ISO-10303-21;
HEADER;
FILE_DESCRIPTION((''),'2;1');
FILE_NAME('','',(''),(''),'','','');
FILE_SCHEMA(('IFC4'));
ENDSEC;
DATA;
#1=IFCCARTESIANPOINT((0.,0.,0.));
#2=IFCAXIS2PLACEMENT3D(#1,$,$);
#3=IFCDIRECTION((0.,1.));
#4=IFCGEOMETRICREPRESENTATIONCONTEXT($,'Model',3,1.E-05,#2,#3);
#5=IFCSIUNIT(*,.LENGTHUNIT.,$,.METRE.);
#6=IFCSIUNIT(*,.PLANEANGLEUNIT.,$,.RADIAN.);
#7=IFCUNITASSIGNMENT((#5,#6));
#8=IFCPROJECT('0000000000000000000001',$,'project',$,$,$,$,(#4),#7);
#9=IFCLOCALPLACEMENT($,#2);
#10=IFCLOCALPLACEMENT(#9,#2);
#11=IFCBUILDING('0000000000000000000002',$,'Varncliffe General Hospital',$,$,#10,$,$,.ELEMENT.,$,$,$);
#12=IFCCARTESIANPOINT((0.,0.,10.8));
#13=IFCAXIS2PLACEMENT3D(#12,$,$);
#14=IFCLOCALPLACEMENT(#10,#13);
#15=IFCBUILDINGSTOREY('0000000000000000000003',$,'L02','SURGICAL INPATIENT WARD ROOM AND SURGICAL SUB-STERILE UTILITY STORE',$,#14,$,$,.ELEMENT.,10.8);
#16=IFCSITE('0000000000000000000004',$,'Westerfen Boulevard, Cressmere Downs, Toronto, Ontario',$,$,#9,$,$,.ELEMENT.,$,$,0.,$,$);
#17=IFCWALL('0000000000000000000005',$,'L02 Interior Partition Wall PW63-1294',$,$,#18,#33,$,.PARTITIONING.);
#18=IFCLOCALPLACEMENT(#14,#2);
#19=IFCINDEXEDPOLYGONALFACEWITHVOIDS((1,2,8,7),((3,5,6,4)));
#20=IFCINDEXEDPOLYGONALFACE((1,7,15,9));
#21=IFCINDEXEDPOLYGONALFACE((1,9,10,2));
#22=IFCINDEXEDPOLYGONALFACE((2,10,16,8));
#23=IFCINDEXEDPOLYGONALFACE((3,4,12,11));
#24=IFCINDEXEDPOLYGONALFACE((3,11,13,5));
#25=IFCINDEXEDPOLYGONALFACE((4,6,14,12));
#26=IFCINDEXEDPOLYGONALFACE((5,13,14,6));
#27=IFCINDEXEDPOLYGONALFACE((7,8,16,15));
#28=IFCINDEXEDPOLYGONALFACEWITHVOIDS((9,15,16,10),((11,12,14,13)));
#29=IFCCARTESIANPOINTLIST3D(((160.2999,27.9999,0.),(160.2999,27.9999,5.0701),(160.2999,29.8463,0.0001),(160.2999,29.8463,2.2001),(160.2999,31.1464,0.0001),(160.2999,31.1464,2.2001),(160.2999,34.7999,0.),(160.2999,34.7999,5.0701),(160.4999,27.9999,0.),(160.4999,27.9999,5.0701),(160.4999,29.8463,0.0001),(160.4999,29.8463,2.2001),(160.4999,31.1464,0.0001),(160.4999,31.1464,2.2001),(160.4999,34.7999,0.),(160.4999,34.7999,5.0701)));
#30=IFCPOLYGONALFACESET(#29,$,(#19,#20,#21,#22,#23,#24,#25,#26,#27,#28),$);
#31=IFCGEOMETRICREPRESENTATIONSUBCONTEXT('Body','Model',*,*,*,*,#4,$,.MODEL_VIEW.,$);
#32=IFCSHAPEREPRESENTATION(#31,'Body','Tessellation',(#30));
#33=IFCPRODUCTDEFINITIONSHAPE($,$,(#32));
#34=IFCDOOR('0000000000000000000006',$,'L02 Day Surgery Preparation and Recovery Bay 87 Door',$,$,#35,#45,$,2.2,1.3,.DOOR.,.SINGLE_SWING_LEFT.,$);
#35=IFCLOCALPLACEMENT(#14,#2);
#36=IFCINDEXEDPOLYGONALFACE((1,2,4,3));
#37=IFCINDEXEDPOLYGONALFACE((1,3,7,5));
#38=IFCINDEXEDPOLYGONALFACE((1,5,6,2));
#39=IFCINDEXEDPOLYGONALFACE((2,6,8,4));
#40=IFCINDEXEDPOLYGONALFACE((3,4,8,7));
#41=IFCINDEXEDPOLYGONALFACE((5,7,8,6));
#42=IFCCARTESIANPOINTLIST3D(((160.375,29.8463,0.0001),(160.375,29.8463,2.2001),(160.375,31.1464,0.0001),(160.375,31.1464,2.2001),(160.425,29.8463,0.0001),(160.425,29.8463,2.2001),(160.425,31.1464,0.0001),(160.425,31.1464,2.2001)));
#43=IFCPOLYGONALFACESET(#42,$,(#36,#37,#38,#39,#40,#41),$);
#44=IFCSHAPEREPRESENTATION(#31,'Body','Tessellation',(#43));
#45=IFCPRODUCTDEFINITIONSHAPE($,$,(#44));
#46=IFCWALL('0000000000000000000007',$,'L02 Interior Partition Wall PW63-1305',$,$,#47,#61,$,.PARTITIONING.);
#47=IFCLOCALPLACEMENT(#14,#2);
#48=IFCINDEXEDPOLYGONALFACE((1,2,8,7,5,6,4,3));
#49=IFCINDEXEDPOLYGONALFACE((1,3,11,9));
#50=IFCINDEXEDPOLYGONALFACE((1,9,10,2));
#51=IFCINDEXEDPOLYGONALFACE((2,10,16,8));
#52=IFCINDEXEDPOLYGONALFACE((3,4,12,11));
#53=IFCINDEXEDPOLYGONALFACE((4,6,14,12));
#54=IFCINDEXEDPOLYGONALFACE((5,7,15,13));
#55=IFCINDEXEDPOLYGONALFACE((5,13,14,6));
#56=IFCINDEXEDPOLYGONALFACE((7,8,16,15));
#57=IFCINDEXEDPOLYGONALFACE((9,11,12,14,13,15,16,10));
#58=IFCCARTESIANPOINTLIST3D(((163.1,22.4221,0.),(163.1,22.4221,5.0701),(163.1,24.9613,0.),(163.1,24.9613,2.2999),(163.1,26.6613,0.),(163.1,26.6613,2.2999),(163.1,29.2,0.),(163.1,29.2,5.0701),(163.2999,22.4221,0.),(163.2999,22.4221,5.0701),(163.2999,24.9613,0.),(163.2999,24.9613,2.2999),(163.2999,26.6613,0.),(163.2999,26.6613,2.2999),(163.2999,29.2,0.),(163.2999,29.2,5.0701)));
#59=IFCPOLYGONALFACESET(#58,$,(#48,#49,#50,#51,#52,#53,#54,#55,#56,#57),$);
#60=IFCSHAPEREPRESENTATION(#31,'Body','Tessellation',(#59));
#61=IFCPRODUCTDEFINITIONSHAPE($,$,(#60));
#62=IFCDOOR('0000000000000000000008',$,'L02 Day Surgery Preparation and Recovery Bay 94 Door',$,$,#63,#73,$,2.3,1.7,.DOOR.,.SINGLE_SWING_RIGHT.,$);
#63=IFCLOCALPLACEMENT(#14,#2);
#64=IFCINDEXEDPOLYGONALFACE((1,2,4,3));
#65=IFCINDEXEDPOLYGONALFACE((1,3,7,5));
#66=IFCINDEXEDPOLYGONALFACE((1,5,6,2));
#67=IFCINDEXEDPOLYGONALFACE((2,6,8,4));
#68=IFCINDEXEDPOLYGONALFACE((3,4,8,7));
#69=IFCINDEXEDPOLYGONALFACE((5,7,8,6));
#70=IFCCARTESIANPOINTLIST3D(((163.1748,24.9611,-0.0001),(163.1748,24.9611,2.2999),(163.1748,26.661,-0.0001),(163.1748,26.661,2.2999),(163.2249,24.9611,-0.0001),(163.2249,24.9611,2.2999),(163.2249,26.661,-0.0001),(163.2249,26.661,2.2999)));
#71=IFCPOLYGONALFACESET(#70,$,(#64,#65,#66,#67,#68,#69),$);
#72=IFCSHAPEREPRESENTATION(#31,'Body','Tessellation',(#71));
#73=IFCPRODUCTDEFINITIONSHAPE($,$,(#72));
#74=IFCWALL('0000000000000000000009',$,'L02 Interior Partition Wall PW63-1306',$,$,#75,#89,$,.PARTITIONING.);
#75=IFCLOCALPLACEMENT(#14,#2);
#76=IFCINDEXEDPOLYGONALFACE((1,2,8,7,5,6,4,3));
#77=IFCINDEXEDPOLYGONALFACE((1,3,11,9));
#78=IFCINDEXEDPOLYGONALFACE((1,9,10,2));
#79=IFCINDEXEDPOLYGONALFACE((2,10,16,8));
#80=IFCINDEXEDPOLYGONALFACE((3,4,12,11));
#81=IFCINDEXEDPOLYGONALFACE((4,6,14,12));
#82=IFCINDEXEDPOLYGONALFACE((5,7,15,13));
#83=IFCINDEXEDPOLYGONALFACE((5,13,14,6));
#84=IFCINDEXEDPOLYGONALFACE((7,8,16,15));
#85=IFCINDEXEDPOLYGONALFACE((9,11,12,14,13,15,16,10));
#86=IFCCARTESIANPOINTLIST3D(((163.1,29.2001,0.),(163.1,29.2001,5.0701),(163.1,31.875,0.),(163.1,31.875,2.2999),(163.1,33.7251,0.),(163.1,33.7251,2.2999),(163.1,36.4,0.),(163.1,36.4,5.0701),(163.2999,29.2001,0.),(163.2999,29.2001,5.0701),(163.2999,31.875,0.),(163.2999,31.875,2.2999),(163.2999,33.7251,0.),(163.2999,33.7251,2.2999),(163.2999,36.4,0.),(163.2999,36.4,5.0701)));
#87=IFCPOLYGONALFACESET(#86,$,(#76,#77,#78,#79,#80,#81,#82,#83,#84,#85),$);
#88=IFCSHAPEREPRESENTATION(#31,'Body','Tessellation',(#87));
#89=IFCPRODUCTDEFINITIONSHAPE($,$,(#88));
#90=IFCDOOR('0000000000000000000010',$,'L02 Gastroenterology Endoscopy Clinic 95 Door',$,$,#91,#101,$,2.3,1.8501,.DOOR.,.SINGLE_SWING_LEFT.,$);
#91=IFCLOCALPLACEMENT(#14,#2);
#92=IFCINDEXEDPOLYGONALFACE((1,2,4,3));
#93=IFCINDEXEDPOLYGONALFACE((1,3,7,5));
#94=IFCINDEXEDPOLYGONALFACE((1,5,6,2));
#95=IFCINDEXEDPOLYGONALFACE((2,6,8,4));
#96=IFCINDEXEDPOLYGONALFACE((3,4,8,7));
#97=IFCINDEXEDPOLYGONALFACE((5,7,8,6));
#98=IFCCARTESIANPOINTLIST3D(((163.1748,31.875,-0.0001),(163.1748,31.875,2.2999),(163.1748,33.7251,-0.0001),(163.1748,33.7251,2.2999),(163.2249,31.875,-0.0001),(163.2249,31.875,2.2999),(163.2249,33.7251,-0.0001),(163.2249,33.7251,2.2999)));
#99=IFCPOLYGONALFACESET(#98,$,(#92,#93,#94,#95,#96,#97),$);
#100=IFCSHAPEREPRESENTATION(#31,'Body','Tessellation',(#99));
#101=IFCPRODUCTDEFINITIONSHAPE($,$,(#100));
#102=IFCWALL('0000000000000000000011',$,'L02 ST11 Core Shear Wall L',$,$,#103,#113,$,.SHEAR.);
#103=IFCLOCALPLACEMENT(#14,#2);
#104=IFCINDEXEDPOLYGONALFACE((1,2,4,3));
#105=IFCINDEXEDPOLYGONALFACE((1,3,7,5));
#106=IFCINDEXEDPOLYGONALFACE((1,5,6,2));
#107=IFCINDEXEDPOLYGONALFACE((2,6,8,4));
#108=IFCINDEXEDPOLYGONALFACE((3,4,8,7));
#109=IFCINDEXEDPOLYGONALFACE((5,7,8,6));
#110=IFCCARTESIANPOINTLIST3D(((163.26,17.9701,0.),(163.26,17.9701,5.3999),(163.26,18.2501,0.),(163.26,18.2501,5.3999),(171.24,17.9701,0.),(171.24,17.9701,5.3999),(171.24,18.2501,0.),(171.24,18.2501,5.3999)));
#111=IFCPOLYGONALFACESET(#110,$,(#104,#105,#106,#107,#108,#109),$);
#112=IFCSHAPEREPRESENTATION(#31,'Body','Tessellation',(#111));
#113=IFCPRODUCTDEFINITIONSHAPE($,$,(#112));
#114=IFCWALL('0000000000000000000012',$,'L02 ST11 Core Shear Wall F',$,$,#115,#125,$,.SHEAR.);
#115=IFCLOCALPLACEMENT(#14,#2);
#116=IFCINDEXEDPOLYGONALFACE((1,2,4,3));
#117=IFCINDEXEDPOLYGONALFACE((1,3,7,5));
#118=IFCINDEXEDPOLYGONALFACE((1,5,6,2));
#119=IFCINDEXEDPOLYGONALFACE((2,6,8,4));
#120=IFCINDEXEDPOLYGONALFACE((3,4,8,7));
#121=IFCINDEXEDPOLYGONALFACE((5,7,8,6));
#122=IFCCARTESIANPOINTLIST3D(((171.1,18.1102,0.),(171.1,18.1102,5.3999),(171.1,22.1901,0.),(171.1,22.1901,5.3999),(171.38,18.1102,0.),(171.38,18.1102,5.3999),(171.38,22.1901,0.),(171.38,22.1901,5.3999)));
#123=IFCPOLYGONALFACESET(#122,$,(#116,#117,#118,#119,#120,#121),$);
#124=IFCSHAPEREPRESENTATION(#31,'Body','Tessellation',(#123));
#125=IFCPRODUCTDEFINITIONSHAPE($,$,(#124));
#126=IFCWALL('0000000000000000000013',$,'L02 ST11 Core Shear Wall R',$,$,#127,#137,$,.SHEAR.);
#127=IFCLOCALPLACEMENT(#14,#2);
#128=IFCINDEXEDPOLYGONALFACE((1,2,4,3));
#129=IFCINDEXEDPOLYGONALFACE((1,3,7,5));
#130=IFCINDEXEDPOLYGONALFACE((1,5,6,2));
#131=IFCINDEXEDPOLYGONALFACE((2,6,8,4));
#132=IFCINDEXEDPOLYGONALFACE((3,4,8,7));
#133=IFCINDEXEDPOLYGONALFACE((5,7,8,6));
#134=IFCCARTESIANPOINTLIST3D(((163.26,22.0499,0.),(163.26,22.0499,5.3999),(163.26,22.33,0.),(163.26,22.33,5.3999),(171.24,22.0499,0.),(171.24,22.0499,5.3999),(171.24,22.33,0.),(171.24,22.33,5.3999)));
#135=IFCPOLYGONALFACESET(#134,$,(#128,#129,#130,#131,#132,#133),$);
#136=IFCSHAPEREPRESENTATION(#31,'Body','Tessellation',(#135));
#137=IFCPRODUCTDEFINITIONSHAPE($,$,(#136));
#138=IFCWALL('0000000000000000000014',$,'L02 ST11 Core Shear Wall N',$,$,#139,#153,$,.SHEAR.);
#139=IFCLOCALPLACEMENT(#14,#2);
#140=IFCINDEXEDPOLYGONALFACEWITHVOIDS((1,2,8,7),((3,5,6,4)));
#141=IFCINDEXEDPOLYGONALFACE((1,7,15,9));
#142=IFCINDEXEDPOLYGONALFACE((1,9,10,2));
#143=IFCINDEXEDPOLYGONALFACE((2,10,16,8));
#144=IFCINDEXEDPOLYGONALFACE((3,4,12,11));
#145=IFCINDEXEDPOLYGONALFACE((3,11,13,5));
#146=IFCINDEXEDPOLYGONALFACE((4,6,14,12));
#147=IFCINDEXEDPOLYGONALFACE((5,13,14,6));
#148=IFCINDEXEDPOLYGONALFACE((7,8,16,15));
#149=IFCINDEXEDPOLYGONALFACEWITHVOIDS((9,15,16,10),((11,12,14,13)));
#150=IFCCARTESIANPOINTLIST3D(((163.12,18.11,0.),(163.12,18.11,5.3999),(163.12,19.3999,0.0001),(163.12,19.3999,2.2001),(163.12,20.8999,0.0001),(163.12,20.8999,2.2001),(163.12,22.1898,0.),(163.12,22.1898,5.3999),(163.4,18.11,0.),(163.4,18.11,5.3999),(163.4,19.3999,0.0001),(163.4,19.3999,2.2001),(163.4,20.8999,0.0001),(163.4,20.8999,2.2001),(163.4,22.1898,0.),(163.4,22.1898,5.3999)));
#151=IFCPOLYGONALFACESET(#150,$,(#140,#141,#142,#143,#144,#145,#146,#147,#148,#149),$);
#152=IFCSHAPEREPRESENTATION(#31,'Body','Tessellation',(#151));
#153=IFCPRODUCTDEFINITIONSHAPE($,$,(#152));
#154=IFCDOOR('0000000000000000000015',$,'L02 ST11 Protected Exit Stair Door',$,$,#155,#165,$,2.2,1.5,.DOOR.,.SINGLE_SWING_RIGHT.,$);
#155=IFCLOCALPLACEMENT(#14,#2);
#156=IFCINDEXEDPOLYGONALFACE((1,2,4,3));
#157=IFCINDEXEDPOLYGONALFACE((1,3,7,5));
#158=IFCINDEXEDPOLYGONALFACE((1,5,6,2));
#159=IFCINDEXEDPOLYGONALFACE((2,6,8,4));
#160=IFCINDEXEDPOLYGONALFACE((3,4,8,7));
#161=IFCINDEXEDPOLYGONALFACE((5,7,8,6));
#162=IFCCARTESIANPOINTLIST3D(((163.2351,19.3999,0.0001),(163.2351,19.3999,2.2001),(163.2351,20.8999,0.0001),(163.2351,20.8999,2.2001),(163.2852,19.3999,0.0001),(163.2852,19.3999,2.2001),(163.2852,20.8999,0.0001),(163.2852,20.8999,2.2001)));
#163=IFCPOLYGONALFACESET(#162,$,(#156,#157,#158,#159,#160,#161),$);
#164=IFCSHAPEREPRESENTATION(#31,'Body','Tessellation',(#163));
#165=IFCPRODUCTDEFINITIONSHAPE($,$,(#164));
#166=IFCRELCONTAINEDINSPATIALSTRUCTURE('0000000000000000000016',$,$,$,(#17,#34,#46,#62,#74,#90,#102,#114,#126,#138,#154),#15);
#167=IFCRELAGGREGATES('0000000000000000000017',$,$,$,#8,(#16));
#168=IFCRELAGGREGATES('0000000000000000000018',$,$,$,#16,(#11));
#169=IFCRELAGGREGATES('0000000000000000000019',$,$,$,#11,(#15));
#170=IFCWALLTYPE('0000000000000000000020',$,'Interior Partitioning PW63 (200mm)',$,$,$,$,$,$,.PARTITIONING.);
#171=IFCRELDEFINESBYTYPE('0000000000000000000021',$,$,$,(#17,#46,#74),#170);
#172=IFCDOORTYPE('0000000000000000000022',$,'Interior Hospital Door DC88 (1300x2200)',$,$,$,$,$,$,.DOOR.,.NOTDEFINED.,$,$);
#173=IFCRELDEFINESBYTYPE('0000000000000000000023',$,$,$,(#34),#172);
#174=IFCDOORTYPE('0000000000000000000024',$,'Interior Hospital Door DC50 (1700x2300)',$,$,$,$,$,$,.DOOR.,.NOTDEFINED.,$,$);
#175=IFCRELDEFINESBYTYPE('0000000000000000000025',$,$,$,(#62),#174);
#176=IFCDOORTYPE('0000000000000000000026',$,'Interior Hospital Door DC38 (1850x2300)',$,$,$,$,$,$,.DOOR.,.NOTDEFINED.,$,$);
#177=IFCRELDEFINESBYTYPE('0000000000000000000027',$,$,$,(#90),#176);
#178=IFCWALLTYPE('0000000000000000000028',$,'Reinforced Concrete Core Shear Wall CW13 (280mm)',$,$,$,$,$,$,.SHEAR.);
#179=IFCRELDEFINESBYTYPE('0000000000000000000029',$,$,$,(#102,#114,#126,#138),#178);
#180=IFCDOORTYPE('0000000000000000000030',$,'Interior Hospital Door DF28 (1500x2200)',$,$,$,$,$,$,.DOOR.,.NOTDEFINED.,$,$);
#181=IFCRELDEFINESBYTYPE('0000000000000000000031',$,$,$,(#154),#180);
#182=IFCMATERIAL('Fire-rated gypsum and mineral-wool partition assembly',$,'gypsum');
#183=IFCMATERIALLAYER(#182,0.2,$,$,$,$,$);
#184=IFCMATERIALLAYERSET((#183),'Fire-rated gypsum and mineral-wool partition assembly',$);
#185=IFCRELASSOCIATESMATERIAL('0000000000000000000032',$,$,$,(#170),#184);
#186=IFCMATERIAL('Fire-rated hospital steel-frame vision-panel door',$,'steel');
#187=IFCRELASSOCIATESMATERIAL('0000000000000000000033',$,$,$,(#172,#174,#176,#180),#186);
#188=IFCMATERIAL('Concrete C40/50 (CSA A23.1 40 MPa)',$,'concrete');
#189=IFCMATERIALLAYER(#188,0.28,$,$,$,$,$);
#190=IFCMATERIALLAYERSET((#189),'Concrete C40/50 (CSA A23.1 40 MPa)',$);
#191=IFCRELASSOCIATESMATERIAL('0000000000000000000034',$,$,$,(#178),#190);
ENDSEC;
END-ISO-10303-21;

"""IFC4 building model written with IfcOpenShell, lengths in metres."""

from ifc_helpers import new_model, si_unit, direction, frame, frame_2d, origin, place, context, subcontext, project, spatial, rectangle, extrude, material, layer, layer_set, type_object, element, fill, save


model = new_model("IFC4")

# Units and contexts
model_context = context("Model", 3, precision=1e-05, world=origin(), true_north=direction((0.0, 1.0)))
body_context = subcontext(model_context, "Body", "Model", "MODEL_VIEW")
ifc_project = project(units=[si_unit("LENGTHUNIT", "METRE"), si_unit("PLANEANGLEUNIT", "RADIAN")], contexts=[model_context])

# Site, building, storey
site_placement = place(None, origin())
site = spatial("IfcSite", under=ifc_project, at=site_placement, Name="Westerfen Boulevard, Cressmere Downs, Toronto, Ontario", CompositionType="ELEMENT", RefElevation=0.0)
building_placement = place(site_placement, origin())
building = spatial("IfcBuilding", under=site, at=building_placement, Name="Varncliffe General Hospital", CompositionType="ELEMENT")
storey_placement = place(building_placement, frame((0.0, 0.0, 10.8)))
storey = spatial("IfcBuildingStorey", under=building, at=storey_placement, Name="L02", Description="SURGICAL INPATIENT WARD ROOM AND SURGICAL SUB-STERILE UTILITY STORE", CompositionType="ELEMENT", Elevation=10.8)

# Shared definitions
ifc_material_1 = material(Name="Concrete C40/50 (CSA A23.1 40 MPa)", Category="concrete")

# Walls, openings, doors
ifc_material_2 = material(Name="Fire-rated gypsum and mineral-wool partition assembly", Category="gypsum")
ifc_layer_1 = layer(ifc_material_2, 0.2)
ifc_layer_set_1 = layer_set([ifc_layer_1], Name="Fire-rated gypsum and mineral-wool partition assembly")
wall_type_1 = type_object("IfcWallType", Name="Interior Partitioning PW63 (200mm)", PredefinedType="PARTITIONING", material=ifc_layer_set_1)
ifc_material_3 = material(Name="Fire-rated hospital steel-frame vision-panel door", Category="steel")
wall_1_placement = place(storey_placement, frame((160.3999, 28.0, 0.0), z_axis=(0.0, 0.0, 1.0), x_axis=(0.0, 1.0, 0.0)))
wall_1 = element("IfcWall", 1, at=wall_1_placement, inside=storey, type_object=wall_type_1, Name="L02 Interior Partition Wall PW63-1294", PredefinedType="PARTITIONING", context=body_context, shape_type="SweptSolid", body=[
    extrude(rectangle(XDim=6.8, YDim=0.2, at=frame_2d((3.3999, 0.0))), origin(), (0.0, 0.0, 1.0), 5.0701),
])
opening_1_placement = place(wall_1_placement, frame((1.8464, 0.0, 0.0)))
opening_1 = element("IfcOpeningElement", 2, at=opening_1_placement, cuts=wall_1, PredefinedType="OPENING", context=body_context, shape_type="SweptSolid", body=[
    extrude(rectangle(XDim=1.3, YDim=2.2, at=frame_2d((0.6499, 1.1001))), frame((0.0, 0.1099, 0.0), z_axis=(0.0, -1.0, 0.0), x_axis=(1.0, 0.0, 0.0)), (0.0, 0.0, 1.0), 0.22),
])
door_type_1 = type_object("IfcDoorType", Name="Interior Hospital Door DC88 (1300x2200)", OperationType="NOTDEFINED", PredefinedType="DOOR", material=ifc_material_3)
door_1_placement = place(opening_1_placement, origin())
door_1 = element("IfcDoor", 3, at=door_1_placement, inside=storey, type_object=door_type_1, Name="L02 Day Surgery Preparation and Recovery Bay 87 Door", OperationType="SINGLE_SWING_LEFT", OverallHeight=2.2, OverallWidth=1.3, PredefinedType="DOOR", context=body_context, shape_type="SweptSolid", body=[
    extrude(rectangle(XDim=1.3, YDim=2.2, at=frame_2d((0.6499, 1.1001))), frame((0.0, 0.0249, 0.0), z_axis=(0.0, -1.0, 0.0), x_axis=(1.0, 0.0, 0.0)), (0.0, 0.0, 1.0), 0.05),
])
fill(opening_1, door_1)
wall_2_placement = place(storey_placement, frame((163.2, 22.4221, 0.0), z_axis=(0.0, 0.0, 1.0), x_axis=(0.0, 1.0, 0.0)))
wall_2 = element("IfcWall", 4, at=wall_2_placement, inside=storey, type_object=wall_type_1, Name="L02 Interior Partition Wall PW63-1305", PredefinedType="PARTITIONING", context=body_context, shape_type="SweptSolid", body=[
    extrude(rectangle(XDim=6.7778, YDim=0.2, at=frame_2d((3.3889, 0.0))), origin(), (0.0, 0.0, 1.0), 5.0701),
])
opening_2_placement = place(wall_2_placement, frame((2.5391, 0.0, 0.0)))
opening_2 = element("IfcOpeningElement", 5, at=opening_2_placement, cuts=wall_2, PredefinedType="OPENING", context=body_context, shape_type="SweptSolid", body=[
    extrude(rectangle(XDim=1.7, YDim=2.3, at=frame_2d((0.8501, 1.1499))), frame((0.0, 0.1099, 0.0), z_axis=(0.0, -1.0, 0.0), x_axis=(1.0, 0.0, 0.0)), (0.0, 0.0, 1.0), 0.22),
])
door_type_2 = type_object("IfcDoorType", Name="Interior Hospital Door DC50 (1700x2300)", OperationType="NOTDEFINED", PredefinedType="DOOR", material=ifc_material_3)
door_2_placement = place(opening_2_placement, frame((1.7, 0.0, 0.0), z_axis=(0.0, 0.0, 1.0), x_axis=(-1.0, 0.0, 0.0)))
door_2 = element("IfcDoor", 6, at=door_2_placement, inside=storey, type_object=door_type_2, Name="L02 Day Surgery Preparation and Recovery Bay 94 Door", OperationType="SINGLE_SWING_RIGHT", OverallHeight=2.3, OverallWidth=1.7, PredefinedType="DOOR", context=body_context, shape_type="SweptSolid", body=[
    extrude(rectangle(XDim=1.7, YDim=2.3, at=frame_2d((0.8501, 1.1499))), frame((0.0, 0.0249, 0.0), z_axis=(0.0, -1.0, 0.0), x_axis=(1.0, 0.0, 0.0)), (0.0, 0.0, 1.0), 0.05),
])
fill(opening_2, door_2)
wall_3_placement = place(storey_placement, frame((163.2, 29.2, 0.0), z_axis=(0.0, 0.0, 1.0), x_axis=(0.0, 1.0, 0.0)))
wall_3 = element("IfcWall", 7, at=wall_3_placement, inside=storey, type_object=wall_type_1, Name="L02 Interior Partition Wall PW63-1306", PredefinedType="PARTITIONING", context=body_context, shape_type="SweptSolid", body=[
    extrude(rectangle(XDim=7.2, YDim=0.2, at=frame_2d((3.6001, 0.0))), origin(), (0.0, 0.0, 1.0), 5.0701),
])
opening_3_placement = place(wall_3_placement, frame((2.675, 0.0, 0.0)))
opening_3 = element("IfcOpeningElement", 8, at=opening_3_placement, cuts=wall_3, PredefinedType="OPENING", context=body_context, shape_type="SweptSolid", body=[
    extrude(rectangle(XDim=1.8501, YDim=2.3, at=frame_2d((0.925, 1.1499))), frame((0.0, 0.1099, 0.0), z_axis=(0.0, -1.0, 0.0), x_axis=(1.0, 0.0, 0.0)), (0.0, 0.0, 1.0), 0.22),
])
door_type_3 = type_object("IfcDoorType", Name="Interior Hospital Door DC38 (1850x2300)", OperationType="NOTDEFINED", PredefinedType="DOOR", material=ifc_material_3)
door_3_placement = place(opening_3_placement, frame((1.8501, 0.0, 0.0), z_axis=(0.0, 0.0, 1.0), x_axis=(-1.0, 0.0, 0.0)))
door_3 = element("IfcDoor", 9, at=door_3_placement, inside=storey, type_object=door_type_3, Name="L02 Gastroenterology Endoscopy Clinic 95 Door", OperationType="SINGLE_SWING_LEFT", OverallHeight=2.3, OverallWidth=1.8501, PredefinedType="DOOR", context=body_context, shape_type="SweptSolid", body=[
    extrude(rectangle(XDim=1.8501, YDim=2.3, at=frame_2d((0.925, 1.1499))), frame((0.0, 0.0249, 0.0), z_axis=(0.0, -1.0, 0.0), x_axis=(1.0, 0.0, 0.0)), (0.0, 0.0, 1.0), 0.05),
])
fill(opening_3, door_3)

# Walls
ifc_layer_2 = layer(ifc_material_1, 0.28)
ifc_layer_set_2 = layer_set([ifc_layer_2], Name="Concrete C40/50 (CSA A23.1 40 MPa)")
wall_type_2 = type_object("IfcWallType", Name="Reinforced Concrete Core Shear Wall CW13 (280mm)", PredefinedType="SHEAR", material=ifc_layer_set_2)
wall_4_placement = place(storey_placement, frame((163.26, 18.1101, 0.0), z_axis=(0.0, 0.0, 1.0), x_axis=(1.0, 0.0, 0.0)))
element("IfcWall", 10, at=wall_4_placement, inside=storey, type_object=wall_type_2, Name="L02 ST11 Core Shear Wall L", PredefinedType="SHEAR", context=body_context, shape_type="SweptSolid", body=[
    extrude(rectangle(XDim=7.98, YDim=0.28, at=frame_2d((3.99, 0.0))), origin(), (0.0, 0.0, 1.0), 5.3999),
])
wall_5_placement = place(storey_placement, frame((171.24, 18.1101, 0.0), z_axis=(0.0, 0.0, 1.0), x_axis=(0.0, 1.0, 0.0)))
element("IfcWall", 11, at=wall_5_placement, inside=storey, type_object=wall_type_2, Name="L02 ST11 Core Shear Wall F", PredefinedType="SHEAR", context=body_context, shape_type="SweptSolid", body=[
    extrude(rectangle(XDim=4.0798, YDim=0.28, at=frame_2d((2.04, 0.0))), origin(), (0.0, 0.0, 1.0), 5.3999),
])
wall_6_placement = place(storey_placement, frame((171.24, 22.1899, 0.0), z_axis=(0.0, 0.0, 1.0), x_axis=(-1.0, 0.0, 0.0)))
element("IfcWall", 12, at=wall_6_placement, inside=storey, type_object=wall_type_2, Name="L02 ST11 Core Shear Wall R", PredefinedType="SHEAR", context=body_context, shape_type="SweptSolid", body=[
    extrude(rectangle(XDim=7.98, YDim=0.28, at=frame_2d((3.99, 0.0))), origin(), (0.0, 0.0, 1.0), 5.3999),
])

# Wall, opening, door
wall_7_placement = place(storey_placement, frame((163.26, 22.1899, 0.0), z_axis=(0.0, 0.0, 1.0), x_axis=(0.0, -1.0, 0.0)))
wall_7 = element("IfcWall", 13, at=wall_7_placement, inside=storey, type_object=wall_type_2, Name="L02 ST11 Core Shear Wall N", PredefinedType="SHEAR", context=body_context, shape_type="SweptSolid", body=[
    extrude(rectangle(XDim=4.0798, YDim=0.28, at=frame_2d((2.04, 0.0))), origin(), (0.0, 0.0, 1.0), 5.3999),
])
opening_4_placement = place(wall_7_placement, frame((1.29, 0.0, 0.0)))
opening_4 = element("IfcOpeningElement", 14, at=opening_4_placement, cuts=wall_7, PredefinedType="OPENING", context=body_context, shape_type="SweptSolid", body=[
    extrude(rectangle(XDim=1.5, YDim=2.2, at=frame_2d((0.75, 1.1001))), frame((0.0, 0.1499, 0.0), z_axis=(0.0, -1.0, 0.0), x_axis=(1.0, 0.0, 0.0)), (0.0, 0.0, 1.0), 0.3),
])
door_type_4 = type_object("IfcDoorType", Name="Interior Hospital Door DF28 (1500x2200)", OperationType="NOTDEFINED", PredefinedType="DOOR", material=ifc_material_3)
door_4_placement = place(opening_4_placement, frame((1.5, 0.0, 0.0), z_axis=(0.0, 0.0, 1.0), x_axis=(-1.0, 0.0, 0.0)))
door_4 = element("IfcDoor", 15, at=door_4_placement, inside=storey, type_object=door_type_4, Name="L02 ST11 Protected Exit Stair Door", OperationType="SINGLE_SWING_RIGHT", OverallHeight=2.2, OverallWidth=1.5, PredefinedType="DOOR", context=body_context, shape_type="SweptSolid", body=[
    extrude(rectangle(XDim=1.5, YDim=2.2, at=frame_2d((0.75, 1.1001))), frame((0.0, 0.0249, 0.0), z_axis=(0.0, -1.0, 0.0), x_axis=(1.0, 0.0, 0.0)), (0.0, 0.0, 1.0), 0.05),
])
fill(opening_4, door_4)

save(model, "model.ifc")
